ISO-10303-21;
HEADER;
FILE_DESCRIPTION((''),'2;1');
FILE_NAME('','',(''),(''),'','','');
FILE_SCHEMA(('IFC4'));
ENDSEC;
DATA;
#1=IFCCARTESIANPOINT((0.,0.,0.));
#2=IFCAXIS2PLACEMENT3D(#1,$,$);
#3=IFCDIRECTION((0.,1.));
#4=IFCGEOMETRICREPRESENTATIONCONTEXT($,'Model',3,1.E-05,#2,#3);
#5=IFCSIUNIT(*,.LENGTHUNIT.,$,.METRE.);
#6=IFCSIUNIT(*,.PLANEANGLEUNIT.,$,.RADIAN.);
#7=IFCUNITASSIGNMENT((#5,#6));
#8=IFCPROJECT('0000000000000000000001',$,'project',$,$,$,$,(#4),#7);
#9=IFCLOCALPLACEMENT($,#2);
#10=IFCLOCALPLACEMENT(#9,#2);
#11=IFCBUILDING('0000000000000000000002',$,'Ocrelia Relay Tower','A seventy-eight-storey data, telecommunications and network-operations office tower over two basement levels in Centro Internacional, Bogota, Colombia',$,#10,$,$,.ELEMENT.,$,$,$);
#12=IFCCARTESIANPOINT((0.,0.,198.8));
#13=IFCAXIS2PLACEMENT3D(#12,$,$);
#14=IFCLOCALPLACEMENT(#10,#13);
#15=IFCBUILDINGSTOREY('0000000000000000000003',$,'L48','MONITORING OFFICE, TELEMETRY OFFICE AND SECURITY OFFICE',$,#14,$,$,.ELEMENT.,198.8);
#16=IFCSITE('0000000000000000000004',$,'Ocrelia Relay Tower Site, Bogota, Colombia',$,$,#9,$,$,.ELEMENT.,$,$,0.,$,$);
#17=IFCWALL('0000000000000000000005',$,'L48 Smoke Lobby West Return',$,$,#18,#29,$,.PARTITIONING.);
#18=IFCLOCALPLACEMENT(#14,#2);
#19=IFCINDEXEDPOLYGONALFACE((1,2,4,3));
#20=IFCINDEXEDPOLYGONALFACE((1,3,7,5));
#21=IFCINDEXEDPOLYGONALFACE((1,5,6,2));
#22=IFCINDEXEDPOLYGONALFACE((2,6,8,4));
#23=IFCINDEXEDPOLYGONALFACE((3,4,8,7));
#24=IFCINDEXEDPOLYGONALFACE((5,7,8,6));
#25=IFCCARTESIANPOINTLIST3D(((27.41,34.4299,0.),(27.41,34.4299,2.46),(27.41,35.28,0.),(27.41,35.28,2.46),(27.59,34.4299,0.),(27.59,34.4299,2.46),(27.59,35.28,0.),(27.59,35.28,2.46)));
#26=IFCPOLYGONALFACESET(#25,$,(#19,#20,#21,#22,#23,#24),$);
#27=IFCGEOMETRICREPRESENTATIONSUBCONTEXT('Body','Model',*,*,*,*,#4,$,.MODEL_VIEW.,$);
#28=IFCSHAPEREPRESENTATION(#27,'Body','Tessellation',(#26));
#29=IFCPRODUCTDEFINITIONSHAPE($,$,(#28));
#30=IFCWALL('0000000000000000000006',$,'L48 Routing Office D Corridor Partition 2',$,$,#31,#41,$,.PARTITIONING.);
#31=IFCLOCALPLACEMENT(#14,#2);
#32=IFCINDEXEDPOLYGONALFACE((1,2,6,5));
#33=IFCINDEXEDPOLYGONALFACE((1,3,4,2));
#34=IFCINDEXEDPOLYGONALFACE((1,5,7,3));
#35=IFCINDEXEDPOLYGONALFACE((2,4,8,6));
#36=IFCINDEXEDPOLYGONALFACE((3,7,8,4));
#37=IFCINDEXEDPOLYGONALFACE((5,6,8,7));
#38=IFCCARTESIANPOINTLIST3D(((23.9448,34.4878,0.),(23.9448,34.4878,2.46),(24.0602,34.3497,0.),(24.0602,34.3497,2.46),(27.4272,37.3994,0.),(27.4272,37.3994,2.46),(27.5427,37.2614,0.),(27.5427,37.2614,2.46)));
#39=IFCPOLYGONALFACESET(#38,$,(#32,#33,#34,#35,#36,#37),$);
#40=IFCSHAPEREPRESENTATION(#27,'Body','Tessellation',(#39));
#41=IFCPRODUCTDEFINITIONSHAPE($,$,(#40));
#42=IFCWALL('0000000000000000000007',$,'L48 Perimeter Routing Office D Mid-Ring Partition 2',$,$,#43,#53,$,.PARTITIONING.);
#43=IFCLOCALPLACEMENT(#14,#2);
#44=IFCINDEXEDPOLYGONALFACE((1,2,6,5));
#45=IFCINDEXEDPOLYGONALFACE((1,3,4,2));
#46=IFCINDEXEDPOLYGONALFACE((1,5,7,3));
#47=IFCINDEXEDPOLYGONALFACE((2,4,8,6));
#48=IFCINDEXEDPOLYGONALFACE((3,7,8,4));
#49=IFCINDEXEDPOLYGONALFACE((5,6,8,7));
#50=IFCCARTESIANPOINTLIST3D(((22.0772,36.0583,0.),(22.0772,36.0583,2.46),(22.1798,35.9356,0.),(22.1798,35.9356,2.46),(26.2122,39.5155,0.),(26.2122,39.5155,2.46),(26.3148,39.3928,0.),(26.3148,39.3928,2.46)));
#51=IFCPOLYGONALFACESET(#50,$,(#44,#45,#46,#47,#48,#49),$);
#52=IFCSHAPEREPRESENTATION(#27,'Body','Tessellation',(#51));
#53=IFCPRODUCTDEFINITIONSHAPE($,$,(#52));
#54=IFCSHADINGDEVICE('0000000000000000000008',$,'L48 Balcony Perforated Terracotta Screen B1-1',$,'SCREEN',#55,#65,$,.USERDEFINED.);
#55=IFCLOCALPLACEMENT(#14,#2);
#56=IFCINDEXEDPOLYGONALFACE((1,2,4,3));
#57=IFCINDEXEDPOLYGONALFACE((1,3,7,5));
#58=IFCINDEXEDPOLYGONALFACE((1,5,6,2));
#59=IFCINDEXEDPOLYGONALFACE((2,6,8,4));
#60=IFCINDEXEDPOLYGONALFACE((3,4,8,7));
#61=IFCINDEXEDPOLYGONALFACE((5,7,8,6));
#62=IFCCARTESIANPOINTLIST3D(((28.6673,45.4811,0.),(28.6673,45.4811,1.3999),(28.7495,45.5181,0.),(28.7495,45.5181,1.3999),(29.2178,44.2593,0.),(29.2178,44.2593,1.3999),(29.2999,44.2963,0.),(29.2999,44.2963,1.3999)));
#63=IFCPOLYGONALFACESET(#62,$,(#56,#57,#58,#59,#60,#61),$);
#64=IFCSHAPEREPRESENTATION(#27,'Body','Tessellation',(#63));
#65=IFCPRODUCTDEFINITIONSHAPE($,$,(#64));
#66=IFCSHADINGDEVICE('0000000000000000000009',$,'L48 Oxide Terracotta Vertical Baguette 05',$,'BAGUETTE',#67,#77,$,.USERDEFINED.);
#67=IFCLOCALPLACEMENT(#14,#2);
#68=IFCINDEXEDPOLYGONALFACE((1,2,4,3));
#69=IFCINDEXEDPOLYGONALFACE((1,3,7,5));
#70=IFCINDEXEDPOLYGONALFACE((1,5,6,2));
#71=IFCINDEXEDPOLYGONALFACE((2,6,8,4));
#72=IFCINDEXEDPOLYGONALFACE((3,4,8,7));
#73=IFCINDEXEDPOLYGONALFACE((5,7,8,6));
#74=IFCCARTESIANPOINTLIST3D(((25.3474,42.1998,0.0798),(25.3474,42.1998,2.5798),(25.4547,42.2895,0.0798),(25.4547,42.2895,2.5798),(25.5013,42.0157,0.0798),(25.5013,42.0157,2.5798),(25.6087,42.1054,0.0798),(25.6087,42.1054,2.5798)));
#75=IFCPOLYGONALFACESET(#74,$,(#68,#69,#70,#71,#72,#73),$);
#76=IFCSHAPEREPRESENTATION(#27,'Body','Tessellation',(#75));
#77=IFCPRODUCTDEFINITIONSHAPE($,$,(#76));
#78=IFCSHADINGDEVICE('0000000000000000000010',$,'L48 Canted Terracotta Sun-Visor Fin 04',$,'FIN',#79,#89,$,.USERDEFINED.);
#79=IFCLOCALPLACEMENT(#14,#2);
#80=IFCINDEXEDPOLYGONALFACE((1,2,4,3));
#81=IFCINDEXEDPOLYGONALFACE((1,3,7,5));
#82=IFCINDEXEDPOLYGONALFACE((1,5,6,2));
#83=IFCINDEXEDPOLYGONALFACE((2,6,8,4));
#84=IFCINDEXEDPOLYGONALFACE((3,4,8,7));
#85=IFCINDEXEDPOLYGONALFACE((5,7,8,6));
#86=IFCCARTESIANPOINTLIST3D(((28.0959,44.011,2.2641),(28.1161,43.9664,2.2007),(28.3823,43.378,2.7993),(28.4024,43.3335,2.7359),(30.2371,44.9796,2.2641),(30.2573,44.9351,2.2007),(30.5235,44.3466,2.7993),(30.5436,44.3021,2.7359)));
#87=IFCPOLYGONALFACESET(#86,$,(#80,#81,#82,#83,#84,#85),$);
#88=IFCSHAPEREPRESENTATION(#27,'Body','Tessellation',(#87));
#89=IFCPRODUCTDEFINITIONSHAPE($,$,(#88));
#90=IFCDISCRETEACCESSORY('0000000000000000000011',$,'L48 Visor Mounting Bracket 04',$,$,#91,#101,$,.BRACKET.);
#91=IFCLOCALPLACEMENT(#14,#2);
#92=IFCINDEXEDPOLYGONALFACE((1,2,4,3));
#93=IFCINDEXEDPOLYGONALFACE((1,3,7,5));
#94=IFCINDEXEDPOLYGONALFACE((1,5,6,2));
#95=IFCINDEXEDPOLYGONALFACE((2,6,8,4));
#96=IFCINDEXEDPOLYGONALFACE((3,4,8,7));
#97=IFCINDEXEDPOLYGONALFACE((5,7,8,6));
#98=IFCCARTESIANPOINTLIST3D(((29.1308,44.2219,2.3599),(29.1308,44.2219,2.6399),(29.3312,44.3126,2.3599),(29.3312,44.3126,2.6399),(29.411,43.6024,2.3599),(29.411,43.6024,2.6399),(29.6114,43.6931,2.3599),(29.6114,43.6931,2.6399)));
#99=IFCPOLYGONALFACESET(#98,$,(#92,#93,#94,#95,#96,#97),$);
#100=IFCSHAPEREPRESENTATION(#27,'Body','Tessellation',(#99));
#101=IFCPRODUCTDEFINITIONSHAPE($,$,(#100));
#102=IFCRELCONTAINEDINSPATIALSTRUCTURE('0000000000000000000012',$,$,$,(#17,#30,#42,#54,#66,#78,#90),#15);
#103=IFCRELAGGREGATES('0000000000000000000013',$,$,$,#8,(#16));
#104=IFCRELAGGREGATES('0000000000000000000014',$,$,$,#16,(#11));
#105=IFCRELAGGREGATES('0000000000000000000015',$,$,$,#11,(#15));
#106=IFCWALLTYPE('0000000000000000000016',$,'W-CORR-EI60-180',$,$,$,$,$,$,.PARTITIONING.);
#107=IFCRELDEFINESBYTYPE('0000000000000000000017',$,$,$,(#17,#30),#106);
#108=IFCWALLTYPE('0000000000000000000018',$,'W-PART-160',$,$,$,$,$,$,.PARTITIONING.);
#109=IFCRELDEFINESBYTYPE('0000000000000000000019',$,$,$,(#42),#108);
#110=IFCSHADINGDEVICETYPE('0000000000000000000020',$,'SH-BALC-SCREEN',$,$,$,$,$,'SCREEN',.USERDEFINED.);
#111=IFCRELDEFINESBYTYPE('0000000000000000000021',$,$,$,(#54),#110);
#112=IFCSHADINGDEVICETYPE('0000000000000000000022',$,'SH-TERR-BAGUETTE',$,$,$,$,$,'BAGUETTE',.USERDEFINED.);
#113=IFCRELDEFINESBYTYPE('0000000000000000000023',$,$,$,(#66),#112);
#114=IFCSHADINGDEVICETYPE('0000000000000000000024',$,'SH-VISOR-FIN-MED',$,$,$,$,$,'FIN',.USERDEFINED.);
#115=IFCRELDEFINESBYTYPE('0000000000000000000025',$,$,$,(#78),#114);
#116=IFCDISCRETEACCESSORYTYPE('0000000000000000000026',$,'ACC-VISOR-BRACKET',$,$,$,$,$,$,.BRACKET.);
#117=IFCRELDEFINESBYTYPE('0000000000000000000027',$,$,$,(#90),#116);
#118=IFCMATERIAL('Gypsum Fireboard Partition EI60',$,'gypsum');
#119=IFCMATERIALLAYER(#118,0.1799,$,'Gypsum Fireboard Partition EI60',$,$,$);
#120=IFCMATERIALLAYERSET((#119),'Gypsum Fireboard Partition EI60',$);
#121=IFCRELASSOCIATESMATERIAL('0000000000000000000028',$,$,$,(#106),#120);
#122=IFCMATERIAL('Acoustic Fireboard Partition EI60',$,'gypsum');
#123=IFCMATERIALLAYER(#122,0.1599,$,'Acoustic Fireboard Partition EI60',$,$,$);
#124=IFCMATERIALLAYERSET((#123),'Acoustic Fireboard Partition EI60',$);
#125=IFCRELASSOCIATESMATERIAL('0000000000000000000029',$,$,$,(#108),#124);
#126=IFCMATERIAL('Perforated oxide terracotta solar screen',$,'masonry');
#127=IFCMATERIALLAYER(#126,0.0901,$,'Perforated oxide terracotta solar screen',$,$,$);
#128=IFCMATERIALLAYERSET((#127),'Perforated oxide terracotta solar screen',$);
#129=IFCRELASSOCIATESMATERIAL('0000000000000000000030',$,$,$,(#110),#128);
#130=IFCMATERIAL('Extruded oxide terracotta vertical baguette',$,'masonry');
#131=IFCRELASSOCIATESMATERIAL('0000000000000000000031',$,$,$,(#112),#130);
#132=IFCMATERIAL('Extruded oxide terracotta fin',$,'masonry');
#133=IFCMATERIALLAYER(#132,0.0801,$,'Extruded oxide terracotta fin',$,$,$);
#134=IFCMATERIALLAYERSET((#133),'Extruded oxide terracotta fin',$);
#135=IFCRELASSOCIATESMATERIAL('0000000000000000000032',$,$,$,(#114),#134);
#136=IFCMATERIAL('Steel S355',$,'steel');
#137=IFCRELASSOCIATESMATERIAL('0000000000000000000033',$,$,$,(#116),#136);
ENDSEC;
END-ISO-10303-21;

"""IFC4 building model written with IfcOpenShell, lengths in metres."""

from ifc_helpers import new_model, si_unit, direction, frame, frame_2d, origin, origin_2d, place, context, subcontext, project, spatial, rectangle, extrude, material, layer, layer_set, type_object, element, save


model = new_model("IFC4")

# Units and contexts
model_context = context("Model", 3, precision=1e-05, world=origin(), true_north=direction((0.0, 1.0)))
body_context = subcontext(model_context, "Body", "Model", "MODEL_VIEW")
ifc_project = project(units=[si_unit("LENGTHUNIT", "METRE"), si_unit("PLANEANGLEUNIT", "RADIAN")], contexts=[model_context])

# Site, building, storey
site_placement = place(None, origin())
site = spatial("IfcSite", under=ifc_project, at=site_placement, Name="Ocrelia Relay Tower Site, Bogota, Colombia", CompositionType="ELEMENT", RefElevation=0.0)
building_placement = place(site_placement, origin())
building = spatial("IfcBuilding", under=site, at=building_placement, Name="Ocrelia Relay Tower", Description="A seventy-eight-storey data, telecommunications and network-operations office tower over two basement levels in Centro Internacional, Bogota, Colombia", CompositionType="ELEMENT")
storey_placement = place(building_placement, frame((0.0, 0.0, 198.8)))
storey = spatial("IfcBuildingStorey", under=building, at=storey_placement, Name="L48", Description="MONITORING OFFICE, TELEMETRY OFFICE AND SECURITY OFFICE", CompositionType="ELEMENT", Elevation=198.8)

# Shared definitions
ifc_material_1 = material(Name="Steel S355", Category="steel")

# Wall
ifc_material_2 = material(Name="Gypsum Fireboard Partition EI60", Category="gypsum")
ifc_layer_1 = layer(ifc_material_2, 0.1799, Name="Gypsum Fireboard Partition EI60")
ifc_layer_set_1 = layer_set([ifc_layer_1], Name="Gypsum Fireboard Partition EI60")
wall_type_1 = type_object("IfcWallType", Name="W-CORR-EI60-180", PredefinedType="PARTITIONING", material=ifc_layer_set_1)
wall_1_placement = place(storey_placement, frame((27.5, 34.4299, 0.0), z_axis=(0.0, 0.0, 1.0), x_axis=(0.0, 1.0, 0.0)))
element("IfcWall", 1, at=wall_1_placement, inside=storey, type_object=wall_type_1, Name="L48 Smoke Lobby West Return", PredefinedType="PARTITIONING", context=body_context, shape_type="SweptSolid", body=[
    extrude(rectangle(XDim=0.8501, YDim=0.1799, at=frame_2d((0.425, 0.0))), origin(), (0.0, 0.0, 1.0), 2.46),
])

# Wall
wall_2_placement = place(storey_placement, frame((27.4849, 37.3303, 0.0), z_axis=(0.0, 0.0, 1.0), x_axis=(-0.76718, -0.641432, 0.0)))
element("IfcWall", 2, at=wall_2_placement, inside=storey, type_object=wall_type_1, Name="L48 Routing Office D Corridor Partition 2", PredefinedType="PARTITIONING", context=body_context, shape_type="SweptSolid", body=[
    extrude(rectangle(XDim=4.5393, YDim=0.1799, at=frame_2d((2.2695, 0.0))), origin(), (0.0, 0.0, 1.0), 2.46),
])

# Wall
ifc_material_3 = material(Name="Acoustic Fireboard Partition EI60", Category="gypsum")
ifc_layer_2 = layer(ifc_material_3, 0.1599, Name="Acoustic Fireboard Partition EI60")
ifc_layer_set_2 = layer_set([ifc_layer_2], Name="Acoustic Fireboard Partition EI60")
wall_type_2 = type_object("IfcWallType", Name="W-PART-160", PredefinedType="PARTITIONING", material=ifc_layer_set_2)
wall_3_placement = place(storey_placement, frame((26.2634, 39.4541, 0.0), z_axis=(0.0, 0.0, 1.0), x_axis=(-0.767177, -0.641435, 0.0)))
element("IfcWall", 3, at=wall_3_placement, inside=storey, type_object=wall_type_2, Name="L48 Perimeter Routing Office D Mid-Ring Partition 2", PredefinedType="PARTITIONING", context=body_context, shape_type="SweptSolid", body=[
    extrude(rectangle(XDim=5.3899, YDim=0.1599, at=frame_2d((2.6948, 0.0))), origin(), (0.0, 0.0, 1.0), 2.46),
])

# Shading devices
ifc_material_4 = material(Name="Perforated oxide terracotta solar screen", Category="masonry")
ifc_layer_3 = layer(ifc_material_4, 0.0901, Name="Perforated oxide terracotta solar screen")
ifc_layer_set_3 = layer_set([ifc_layer_3], Name="Perforated oxide terracotta solar screen")
shading_device_type_1 = type_object("IfcShadingDeviceType", Name="SH-BALC-SCREEN", ElementType="SCREEN", PredefinedType="USERDEFINED", material=ifc_layer_set_3)
shading_device_1_placement = place(storey_placement, frame((28.9836, 44.8887, 0.0), z_axis=(0.0, 0.0, 1.0), x_axis=(-0.410767, 0.91174, 0.0)))
element("IfcShadingDevice", 4, at=shading_device_1_placement, inside=storey, type_object=shading_device_type_1, Name="L48 Balcony Perforated Terracotta Screen B1-1", ObjectType="SCREEN", PredefinedType="USERDEFINED", context=body_context, shape_type="SweptSolid", body=[
    extrude(rectangle(XDim=1.3401, YDim=0.0901, at=origin_2d()), origin(), (0.0, 0.0, 1.0), 1.3999),
])
ifc_material_5 = material(Name="Extruded oxide terracotta vertical baguette", Category="masonry")
shading_device_type_2 = type_object("IfcShadingDeviceType", Name="SH-TERR-BAGUETTE", ElementType="BAGUETTE", PredefinedType="USERDEFINED", material=ifc_material_5)
shading_device_2_placement = place(storey_placement, frame((25.478, 42.1526, 0.0798), z_axis=(0.0, 0.0, 1.0), x_axis=(-0.767167, -0.641447, 0.0)))
element("IfcShadingDevice", 5, at=shading_device_2_placement, inside=storey, type_object=shading_device_type_2, Name="L48 Oxide Terracotta Vertical Baguette 05", ObjectType="BAGUETTE", PredefinedType="USERDEFINED", context=body_context, shape_type="SweptSolid", body=[
    extrude(rectangle(XDim=0.1399, YDim=0.24, at=origin_2d()), origin(), (0.0, 0.0, 1.0), 2.5),
])
ifc_material_6 = material(Name="Extruded oxide terracotta fin", Category="masonry")
ifc_layer_4 = layer(ifc_material_6, 0.0801, Name="Extruded oxide terracotta fin")
ifc_layer_set_4 = layer_set([ifc_layer_4], Name="Extruded oxide terracotta fin")
shading_device_type_3 = type_object("IfcShadingDeviceType", Name="SH-VISOR-FIN-MED", ElementType="FIN", PredefinedType="USERDEFINED", material=ifc_layer_set_4)
shading_device_3_placement = place(storey_placement, frame((29.3298, 44.1343, 2.4683), z_axis=(-0.251541, 0.556033, 0.792183), x_axis=(-0.911107, -0.41217, 0.0)))
element("IfcShadingDevice", 6, at=shading_device_3_placement, inside=storey, type_object=shading_device_type_3, Name="L48 Canted Terracotta Sun-Visor Fin 04", ObjectType="FIN", PredefinedType="USERDEFINED", context=body_context, shape_type="SweptSolid", body=[
    extrude(rectangle(XDim=2.3501, YDim=0.877, at=origin_2d()), origin(), (0.0, 0.0, 1.0), 0.0801),
])

# Discrete accessory
discrete_accessory_type = type_object("IfcDiscreteAccessoryType", Name="ACC-VISOR-BRACKET", PredefinedType="BRACKET", material=ifc_material_1)
discrete_accessory_placement = place(storey_placement, frame((29.3711, 43.9575, 2.3599), z_axis=(0.0, 0.0, 1.0), x_axis=(-0.911107, -0.41217, 0.0)))
element("IfcDiscreteAccessory", 7, at=discrete_accessory_placement, inside=storey, type_object=discrete_accessory_type, Name="L48 Visor Mounting Bracket 04", PredefinedType="BRACKET", context=body_context, shape_type="SweptSolid", body=[
    extrude(rectangle(XDim=0.22, YDim=0.6799, at=origin_2d()), origin(), (0.0, 0.0, 1.0), 0.28),
])

save(model, "model.ifc")
